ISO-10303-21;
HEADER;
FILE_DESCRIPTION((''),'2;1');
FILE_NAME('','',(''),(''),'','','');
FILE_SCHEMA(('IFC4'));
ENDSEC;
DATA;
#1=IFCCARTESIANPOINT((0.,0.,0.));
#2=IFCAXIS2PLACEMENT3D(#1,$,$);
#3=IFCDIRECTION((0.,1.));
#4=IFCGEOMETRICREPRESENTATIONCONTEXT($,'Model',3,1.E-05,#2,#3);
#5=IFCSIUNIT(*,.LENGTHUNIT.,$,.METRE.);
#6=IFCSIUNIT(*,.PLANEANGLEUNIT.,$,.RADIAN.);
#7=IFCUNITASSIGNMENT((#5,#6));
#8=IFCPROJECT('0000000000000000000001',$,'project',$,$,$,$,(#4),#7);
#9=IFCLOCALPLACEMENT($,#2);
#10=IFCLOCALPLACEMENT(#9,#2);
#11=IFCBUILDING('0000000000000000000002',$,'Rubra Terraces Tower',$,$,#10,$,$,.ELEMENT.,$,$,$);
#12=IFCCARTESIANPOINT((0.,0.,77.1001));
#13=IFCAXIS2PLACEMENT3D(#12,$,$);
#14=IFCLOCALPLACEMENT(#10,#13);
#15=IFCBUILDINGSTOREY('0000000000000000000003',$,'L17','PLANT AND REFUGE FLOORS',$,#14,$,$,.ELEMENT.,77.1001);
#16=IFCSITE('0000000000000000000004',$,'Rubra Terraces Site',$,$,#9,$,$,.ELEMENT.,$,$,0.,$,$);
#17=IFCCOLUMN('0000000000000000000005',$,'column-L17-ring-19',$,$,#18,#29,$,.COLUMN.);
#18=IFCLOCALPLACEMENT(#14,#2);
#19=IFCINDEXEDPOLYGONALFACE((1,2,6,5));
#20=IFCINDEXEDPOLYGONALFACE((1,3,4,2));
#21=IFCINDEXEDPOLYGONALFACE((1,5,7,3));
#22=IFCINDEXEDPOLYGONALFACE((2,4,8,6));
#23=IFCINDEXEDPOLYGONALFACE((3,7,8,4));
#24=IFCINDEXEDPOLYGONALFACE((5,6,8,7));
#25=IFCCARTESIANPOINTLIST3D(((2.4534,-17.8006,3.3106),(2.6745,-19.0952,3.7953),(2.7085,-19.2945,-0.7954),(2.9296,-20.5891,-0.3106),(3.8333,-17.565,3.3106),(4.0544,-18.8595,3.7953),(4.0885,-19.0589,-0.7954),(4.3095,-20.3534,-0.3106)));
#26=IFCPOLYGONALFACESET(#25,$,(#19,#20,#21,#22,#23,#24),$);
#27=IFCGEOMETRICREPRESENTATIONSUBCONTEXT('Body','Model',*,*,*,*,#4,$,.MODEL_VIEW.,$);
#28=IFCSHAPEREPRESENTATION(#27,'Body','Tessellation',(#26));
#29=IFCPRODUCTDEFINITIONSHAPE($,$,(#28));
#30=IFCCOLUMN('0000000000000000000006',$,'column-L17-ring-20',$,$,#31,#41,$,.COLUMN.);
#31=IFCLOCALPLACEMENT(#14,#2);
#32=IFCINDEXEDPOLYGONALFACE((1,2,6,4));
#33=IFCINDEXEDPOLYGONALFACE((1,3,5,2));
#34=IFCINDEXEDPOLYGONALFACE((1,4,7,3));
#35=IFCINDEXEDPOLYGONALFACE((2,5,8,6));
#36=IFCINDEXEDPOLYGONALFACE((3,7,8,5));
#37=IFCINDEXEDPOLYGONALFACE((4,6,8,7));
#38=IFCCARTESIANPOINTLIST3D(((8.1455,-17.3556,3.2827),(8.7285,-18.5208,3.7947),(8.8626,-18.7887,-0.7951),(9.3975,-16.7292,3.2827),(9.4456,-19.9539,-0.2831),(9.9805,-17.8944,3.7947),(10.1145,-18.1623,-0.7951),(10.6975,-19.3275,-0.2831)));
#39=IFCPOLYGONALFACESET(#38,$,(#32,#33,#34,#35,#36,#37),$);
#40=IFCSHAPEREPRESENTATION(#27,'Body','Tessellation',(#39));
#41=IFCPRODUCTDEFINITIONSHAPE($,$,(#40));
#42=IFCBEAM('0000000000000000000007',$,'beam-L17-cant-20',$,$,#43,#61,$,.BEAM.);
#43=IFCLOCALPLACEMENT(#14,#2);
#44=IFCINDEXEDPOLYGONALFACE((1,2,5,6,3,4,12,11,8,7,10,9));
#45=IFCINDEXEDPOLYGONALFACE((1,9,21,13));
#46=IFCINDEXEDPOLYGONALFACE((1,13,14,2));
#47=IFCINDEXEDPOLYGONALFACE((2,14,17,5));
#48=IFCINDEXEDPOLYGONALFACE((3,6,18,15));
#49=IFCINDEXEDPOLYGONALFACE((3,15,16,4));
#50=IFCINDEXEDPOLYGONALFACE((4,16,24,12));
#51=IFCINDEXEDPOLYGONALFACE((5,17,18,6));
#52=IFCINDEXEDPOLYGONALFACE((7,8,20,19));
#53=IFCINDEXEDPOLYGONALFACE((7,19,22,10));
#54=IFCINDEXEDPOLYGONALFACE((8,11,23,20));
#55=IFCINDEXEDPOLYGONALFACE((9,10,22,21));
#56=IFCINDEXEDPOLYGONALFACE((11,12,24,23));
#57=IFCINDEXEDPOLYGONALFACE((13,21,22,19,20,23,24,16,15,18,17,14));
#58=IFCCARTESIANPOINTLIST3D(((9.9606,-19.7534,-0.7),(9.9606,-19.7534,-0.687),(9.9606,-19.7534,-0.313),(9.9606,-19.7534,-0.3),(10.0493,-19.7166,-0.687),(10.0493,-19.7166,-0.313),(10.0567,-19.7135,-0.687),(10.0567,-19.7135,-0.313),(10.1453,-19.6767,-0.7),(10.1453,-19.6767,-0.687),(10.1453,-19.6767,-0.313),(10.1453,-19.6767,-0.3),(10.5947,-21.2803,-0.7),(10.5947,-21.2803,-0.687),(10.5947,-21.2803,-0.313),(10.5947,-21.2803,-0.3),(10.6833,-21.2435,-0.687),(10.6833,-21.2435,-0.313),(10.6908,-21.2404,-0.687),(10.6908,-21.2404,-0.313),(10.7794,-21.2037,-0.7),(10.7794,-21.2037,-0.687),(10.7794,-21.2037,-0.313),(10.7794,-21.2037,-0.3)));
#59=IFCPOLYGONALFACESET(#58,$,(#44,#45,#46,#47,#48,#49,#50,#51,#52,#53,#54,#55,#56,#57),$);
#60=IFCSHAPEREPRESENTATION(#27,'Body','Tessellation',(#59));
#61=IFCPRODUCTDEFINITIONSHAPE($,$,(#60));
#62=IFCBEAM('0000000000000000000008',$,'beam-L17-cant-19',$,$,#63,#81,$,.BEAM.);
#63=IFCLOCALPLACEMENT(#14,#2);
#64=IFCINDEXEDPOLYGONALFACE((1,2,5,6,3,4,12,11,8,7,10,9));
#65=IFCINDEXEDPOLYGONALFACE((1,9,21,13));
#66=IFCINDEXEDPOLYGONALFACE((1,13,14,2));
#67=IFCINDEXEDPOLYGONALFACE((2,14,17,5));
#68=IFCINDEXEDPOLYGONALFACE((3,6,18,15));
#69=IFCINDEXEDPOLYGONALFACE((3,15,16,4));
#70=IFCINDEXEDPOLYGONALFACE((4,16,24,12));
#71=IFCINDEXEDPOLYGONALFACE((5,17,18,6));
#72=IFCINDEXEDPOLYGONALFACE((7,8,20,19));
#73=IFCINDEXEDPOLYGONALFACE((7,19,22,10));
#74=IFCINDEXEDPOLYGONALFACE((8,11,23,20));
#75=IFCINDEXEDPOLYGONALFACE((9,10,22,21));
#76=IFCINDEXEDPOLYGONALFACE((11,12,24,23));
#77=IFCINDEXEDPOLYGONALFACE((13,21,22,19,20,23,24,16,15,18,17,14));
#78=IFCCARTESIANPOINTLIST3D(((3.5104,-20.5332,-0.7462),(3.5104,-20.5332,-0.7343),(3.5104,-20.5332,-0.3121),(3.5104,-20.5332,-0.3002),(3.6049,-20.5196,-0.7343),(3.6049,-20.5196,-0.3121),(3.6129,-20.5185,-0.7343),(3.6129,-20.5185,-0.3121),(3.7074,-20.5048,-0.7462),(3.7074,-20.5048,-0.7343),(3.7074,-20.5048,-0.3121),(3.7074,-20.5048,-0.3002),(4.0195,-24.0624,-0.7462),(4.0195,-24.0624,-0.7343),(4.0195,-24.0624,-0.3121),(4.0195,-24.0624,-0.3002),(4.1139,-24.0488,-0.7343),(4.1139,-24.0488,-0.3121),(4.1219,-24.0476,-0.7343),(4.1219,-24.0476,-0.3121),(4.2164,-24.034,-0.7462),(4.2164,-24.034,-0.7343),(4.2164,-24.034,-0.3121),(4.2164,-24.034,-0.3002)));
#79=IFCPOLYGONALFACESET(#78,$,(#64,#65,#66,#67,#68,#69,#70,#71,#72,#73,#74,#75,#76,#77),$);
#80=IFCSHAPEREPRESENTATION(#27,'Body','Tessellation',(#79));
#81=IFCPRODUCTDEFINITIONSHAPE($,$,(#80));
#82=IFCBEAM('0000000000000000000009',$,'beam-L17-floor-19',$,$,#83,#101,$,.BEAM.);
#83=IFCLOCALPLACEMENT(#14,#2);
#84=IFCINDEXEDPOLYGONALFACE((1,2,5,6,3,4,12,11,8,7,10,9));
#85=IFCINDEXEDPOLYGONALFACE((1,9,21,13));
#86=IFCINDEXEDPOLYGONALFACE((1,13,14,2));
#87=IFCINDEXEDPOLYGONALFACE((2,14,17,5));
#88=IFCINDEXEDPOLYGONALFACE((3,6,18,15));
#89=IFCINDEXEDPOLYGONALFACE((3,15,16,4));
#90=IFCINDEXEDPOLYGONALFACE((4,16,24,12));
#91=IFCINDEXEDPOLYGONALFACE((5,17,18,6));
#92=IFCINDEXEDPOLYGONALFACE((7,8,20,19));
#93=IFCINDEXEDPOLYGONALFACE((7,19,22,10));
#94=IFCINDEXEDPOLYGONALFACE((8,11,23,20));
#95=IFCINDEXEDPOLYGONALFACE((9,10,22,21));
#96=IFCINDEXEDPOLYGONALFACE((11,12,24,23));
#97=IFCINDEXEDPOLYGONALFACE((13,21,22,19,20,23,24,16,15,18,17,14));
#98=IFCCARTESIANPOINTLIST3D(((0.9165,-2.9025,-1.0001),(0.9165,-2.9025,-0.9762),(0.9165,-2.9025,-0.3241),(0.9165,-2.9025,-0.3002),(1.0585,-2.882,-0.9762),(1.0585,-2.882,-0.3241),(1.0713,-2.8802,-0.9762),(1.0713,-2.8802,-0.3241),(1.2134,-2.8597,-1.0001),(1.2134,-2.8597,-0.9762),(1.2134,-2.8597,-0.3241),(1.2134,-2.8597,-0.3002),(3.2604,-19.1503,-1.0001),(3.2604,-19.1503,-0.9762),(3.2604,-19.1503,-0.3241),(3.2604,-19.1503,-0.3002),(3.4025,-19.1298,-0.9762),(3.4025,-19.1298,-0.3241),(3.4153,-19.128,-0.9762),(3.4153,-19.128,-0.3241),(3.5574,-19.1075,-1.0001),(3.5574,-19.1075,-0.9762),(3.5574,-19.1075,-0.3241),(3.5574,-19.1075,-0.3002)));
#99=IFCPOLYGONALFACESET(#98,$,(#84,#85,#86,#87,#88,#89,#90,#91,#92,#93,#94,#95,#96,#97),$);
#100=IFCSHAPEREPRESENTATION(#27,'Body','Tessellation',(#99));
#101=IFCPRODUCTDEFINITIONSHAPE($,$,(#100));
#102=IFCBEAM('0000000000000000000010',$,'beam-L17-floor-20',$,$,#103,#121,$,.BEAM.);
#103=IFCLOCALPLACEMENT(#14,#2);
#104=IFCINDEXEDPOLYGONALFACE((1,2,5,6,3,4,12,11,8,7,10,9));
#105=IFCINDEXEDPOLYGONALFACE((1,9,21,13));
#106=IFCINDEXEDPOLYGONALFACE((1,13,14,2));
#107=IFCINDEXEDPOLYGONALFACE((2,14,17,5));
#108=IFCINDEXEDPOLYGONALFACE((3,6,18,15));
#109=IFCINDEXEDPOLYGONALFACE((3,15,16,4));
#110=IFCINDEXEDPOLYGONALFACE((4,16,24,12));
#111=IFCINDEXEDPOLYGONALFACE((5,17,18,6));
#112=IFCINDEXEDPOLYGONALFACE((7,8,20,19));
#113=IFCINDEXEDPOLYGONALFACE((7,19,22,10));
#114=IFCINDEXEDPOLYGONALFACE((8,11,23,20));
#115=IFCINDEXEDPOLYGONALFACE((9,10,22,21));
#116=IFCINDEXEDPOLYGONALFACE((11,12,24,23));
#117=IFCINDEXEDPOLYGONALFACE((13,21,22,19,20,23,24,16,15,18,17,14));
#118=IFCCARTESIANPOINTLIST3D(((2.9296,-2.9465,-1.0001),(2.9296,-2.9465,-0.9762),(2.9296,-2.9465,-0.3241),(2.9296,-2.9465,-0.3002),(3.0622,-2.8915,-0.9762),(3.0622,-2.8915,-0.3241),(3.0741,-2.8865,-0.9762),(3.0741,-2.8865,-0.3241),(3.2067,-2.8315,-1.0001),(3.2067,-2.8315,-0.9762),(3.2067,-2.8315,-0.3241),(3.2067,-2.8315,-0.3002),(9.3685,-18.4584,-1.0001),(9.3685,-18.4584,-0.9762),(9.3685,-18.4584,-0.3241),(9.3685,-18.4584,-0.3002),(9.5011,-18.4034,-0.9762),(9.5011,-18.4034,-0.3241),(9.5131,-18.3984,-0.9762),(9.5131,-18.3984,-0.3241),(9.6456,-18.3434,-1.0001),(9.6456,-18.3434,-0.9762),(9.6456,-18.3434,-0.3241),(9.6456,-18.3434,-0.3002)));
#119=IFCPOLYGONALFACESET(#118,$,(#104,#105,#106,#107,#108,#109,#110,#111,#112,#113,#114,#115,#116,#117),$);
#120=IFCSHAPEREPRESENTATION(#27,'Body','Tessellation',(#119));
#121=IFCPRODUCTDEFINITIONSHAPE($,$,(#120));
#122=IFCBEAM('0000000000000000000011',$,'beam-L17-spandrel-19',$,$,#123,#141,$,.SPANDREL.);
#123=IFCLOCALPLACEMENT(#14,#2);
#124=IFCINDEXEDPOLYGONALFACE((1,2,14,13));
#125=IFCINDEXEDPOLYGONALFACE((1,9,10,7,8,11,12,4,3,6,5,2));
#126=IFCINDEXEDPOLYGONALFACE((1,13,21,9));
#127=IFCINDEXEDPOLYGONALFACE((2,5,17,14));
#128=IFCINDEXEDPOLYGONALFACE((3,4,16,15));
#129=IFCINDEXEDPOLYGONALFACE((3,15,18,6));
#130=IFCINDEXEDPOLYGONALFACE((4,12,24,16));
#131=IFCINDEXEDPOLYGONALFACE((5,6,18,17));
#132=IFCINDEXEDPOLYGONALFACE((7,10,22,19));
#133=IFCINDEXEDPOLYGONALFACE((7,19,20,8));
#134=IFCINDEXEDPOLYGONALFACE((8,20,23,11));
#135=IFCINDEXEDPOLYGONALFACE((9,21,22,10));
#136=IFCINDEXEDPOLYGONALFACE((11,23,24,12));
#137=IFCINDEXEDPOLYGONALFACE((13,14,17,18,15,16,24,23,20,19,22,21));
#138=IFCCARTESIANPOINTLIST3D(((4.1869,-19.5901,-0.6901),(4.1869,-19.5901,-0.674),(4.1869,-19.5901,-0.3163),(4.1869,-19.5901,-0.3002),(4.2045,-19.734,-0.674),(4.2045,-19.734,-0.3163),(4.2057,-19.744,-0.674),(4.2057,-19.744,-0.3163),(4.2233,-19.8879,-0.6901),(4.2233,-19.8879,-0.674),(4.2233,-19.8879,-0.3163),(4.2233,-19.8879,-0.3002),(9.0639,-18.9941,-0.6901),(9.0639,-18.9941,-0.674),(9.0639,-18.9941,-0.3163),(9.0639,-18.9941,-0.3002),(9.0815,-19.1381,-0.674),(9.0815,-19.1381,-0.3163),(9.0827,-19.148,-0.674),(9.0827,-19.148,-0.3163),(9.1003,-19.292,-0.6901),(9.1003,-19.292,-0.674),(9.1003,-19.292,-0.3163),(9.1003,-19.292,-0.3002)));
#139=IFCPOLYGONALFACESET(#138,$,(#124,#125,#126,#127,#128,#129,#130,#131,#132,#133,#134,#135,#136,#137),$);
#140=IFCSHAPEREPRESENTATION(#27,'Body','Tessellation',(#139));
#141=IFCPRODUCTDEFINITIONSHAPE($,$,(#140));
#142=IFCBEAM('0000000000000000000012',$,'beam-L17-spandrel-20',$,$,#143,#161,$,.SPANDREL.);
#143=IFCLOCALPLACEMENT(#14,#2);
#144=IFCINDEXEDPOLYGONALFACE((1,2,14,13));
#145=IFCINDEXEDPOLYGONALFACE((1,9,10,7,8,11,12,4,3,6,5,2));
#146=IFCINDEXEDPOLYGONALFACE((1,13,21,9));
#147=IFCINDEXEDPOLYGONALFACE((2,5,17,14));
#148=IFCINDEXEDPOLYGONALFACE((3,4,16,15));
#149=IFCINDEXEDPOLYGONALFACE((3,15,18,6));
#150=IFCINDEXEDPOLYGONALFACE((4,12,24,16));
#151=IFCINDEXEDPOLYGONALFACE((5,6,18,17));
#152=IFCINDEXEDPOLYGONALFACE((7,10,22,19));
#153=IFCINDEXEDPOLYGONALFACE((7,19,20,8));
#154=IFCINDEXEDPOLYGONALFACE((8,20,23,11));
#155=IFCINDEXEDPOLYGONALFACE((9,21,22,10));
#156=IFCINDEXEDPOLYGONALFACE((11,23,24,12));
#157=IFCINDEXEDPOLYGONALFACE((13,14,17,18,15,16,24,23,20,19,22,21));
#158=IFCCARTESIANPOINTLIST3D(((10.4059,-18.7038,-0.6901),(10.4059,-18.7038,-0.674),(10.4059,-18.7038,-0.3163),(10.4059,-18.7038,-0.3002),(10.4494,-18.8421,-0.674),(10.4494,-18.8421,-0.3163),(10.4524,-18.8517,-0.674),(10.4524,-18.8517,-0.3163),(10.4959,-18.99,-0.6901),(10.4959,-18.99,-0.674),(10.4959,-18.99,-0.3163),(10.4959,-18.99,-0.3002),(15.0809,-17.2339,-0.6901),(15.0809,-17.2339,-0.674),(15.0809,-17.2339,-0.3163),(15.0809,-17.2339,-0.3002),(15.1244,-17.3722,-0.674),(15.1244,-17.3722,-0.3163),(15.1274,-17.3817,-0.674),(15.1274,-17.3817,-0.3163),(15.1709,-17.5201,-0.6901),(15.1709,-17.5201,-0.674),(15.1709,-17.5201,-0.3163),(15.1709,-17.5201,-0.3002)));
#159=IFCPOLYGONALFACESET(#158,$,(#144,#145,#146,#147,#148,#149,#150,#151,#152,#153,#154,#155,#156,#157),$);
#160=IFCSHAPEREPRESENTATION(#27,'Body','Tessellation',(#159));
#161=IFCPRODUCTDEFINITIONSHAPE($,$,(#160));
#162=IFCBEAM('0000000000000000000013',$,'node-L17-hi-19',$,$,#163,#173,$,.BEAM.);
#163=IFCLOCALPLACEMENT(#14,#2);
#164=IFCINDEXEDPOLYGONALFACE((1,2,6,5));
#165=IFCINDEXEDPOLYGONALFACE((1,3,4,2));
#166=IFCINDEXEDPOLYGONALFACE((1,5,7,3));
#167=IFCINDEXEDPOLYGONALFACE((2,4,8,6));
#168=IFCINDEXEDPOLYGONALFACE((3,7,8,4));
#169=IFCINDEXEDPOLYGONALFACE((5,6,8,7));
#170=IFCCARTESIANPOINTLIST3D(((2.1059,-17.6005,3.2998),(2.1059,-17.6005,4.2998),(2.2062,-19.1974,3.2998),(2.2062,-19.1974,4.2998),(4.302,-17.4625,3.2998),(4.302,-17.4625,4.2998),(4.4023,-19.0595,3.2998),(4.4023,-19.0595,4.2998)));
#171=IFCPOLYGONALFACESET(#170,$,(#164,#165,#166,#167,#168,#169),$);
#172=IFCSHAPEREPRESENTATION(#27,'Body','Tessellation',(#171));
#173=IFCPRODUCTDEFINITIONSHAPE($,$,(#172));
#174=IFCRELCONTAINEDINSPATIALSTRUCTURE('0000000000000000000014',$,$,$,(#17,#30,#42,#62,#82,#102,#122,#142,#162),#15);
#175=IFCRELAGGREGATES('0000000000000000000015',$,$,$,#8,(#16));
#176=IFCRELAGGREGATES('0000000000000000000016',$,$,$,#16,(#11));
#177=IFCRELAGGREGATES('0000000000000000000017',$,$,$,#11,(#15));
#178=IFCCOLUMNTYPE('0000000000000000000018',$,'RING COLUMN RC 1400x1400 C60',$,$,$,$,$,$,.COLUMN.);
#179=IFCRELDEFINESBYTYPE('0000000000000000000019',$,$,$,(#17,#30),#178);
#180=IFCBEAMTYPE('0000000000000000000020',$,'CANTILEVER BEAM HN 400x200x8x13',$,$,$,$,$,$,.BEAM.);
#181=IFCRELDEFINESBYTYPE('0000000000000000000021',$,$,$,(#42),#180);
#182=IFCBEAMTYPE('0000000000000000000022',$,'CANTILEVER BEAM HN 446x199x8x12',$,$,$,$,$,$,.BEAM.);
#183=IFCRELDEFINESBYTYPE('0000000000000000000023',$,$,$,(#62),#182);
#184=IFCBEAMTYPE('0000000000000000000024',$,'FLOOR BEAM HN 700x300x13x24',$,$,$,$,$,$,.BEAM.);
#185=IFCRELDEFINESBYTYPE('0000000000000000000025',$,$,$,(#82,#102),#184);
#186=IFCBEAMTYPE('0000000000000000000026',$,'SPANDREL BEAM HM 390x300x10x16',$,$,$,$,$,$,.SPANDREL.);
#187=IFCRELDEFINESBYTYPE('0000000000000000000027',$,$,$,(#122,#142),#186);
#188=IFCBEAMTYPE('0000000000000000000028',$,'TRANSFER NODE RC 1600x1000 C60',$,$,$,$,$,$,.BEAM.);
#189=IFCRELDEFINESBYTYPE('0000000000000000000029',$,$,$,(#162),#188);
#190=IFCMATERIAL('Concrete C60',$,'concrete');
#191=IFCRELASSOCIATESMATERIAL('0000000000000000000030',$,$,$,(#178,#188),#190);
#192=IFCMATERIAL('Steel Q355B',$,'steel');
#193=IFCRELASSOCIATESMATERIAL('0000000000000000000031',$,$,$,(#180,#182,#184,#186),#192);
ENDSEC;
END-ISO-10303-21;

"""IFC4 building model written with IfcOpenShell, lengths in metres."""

from ifc_helpers import new_model, si_unit, direction, frame, origin, origin_2d, place, context, subcontext, project, spatial, rectangle, i_section, extrude, material, material_profile, profile_set, type_object, element, save


model = new_model("IFC4")

# Units and contexts
model_context = context("Model", 3, precision=1e-05, world=origin(), true_north=direction((0.0, 1.0)))
body_context = subcontext(model_context, "Body", "Model", "MODEL_VIEW")
ifc_project = project(units=[si_unit("LENGTHUNIT", "METRE"), si_unit("PLANEANGLEUNIT", "RADIAN")], contexts=[model_context])

# Site, building, storey
site_placement = place(None, origin())
site = spatial("IfcSite", under=ifc_project, at=site_placement, Name="Rubra Terraces Site", CompositionType="ELEMENT", RefElevation=0.0)
building_placement = place(site_placement, origin())
building = spatial("IfcBuilding", under=site, at=building_placement, Name="Rubra Terraces Tower", CompositionType="ELEMENT")
storey_placement = place(building_placement, frame((0.0, 0.0, 77.1001)))
storey = spatial("IfcBuildingStorey", under=building, at=storey_placement, Name="L17", Description="PLANT AND REFUGE FLOORS", CompositionType="ELEMENT", Elevation=77.1001)

# Columns
ifc_material_1 = material(Name="Concrete C60", Category="concrete")
ifc_material_profile_1 = material_profile(ifc_material_1, rectangle(XDim=1.3999, YDim=1.3999, at=origin_2d()), Name="RC 1400x1400")
ifc_profile_set_1 = profile_set([ifc_material_profile_1], Name="Concrete C60")
column_type = type_object("IfcColumnType", Name="RING COLUMN RC 1400x1400 C60", PredefinedType="COLUMN", material=ifc_profile_set_1)
column_1_placement = place(storey_placement, frame((3.509, -19.824, -0.553), z_axis=(-0.058292, 0.341328, 0.938135), x_axis=(-0.985729, -0.168342, 0.0)))
element("IfcColumn", 1, at=column_1_placement, inside=storey, type_object=column_type, Name="column-L17-ring-19", PredefinedType="COLUMN", context=body_context, shape_type="SweptSolid", body=[
    extrude(rectangle(XDim=1.3999, YDim=1.3999, at=origin_2d()), origin(), (0.0, 0.0, 1.0), 4.3767),
])
column_2_placement = place(storey_placement, frame((9.78, -19.0581, -0.5391), z_axis=(-0.163654, 0.327085, 0.930716), x_axis=(-0.894305, -0.447457, 0.0)))
element("IfcColumn", 2, at=column_2_placement, inside=storey, type_object=column_type, Name="column-L17-ring-20", PredefinedType="COLUMN", context=body_context, shape_type="SweptSolid", body=[
    extrude(rectangle(XDim=1.3999, YDim=1.3999, at=origin_2d()), origin(), (0.0, 0.0, 1.0), 4.3813),
])

# Beams
ifc_material_2 = material(Name="Steel Q355B", Category="steel")
ifc_material_profile_2 = material_profile(ifc_material_2, i_section(OverallWidth=0.2, OverallDepth=0.3999, WebThickness=0.0081, FlangeThickness=0.0129, at=origin_2d()), Name="HN 400x200x8x13")
ifc_profile_set_2 = profile_set([ifc_material_profile_2], Name="Steel Q355B")
beam_type_1 = type_object("IfcBeamType", Name="CANTILEVER BEAM HN 400x200x8x13", PredefinedType="BEAM", material=ifc_profile_set_2)
beam_1_placement = place(storey_placement, frame((10.053, -19.7151, -0.5), z_axis=(0.383504, -0.923539, 0.0), x_axis=(0.923539, 0.383504, 0.0)))
element("IfcBeam", 3, at=beam_1_placement, inside=storey, type_object=beam_type_1, Name="beam-L17-cant-20", PredefinedType="BEAM", context=body_context, shape_type="SweptSolid", body=[
    extrude(i_section(OverallWidth=0.2, OverallDepth=0.3999, WebThickness=0.0081, FlangeThickness=0.0129, at=origin_2d()), origin(), (0.0, 0.0, 1.0), 1.6533),
])
ifc_material_profile_3 = material_profile(ifc_material_2, i_section(OverallWidth=0.199, OverallDepth=0.446, WebThickness=0.0081, FlangeThickness=0.012, at=origin_2d()), Name="HN 446x199x8x12")
ifc_profile_set_3 = profile_set([ifc_material_profile_3], Name="Steel Q355B")
beam_type_2 = type_object("IfcBeamType", Name="CANTILEVER BEAM HN 446x199x8x12", PredefinedType="BEAM", material=ifc_profile_set_3)
beam_2_placement = place(storey_placement, frame((3.6089, -20.519, -0.5232), z_axis=(0.142763, -0.989757, 0.0), x_axis=(0.989757, 0.142763, 0.0)))
element("IfcBeam", 4, at=beam_2_placement, inside=storey, type_object=beam_type_2, Name="beam-L17-cant-19", PredefinedType="BEAM", context=body_context, shape_type="SweptSolid", body=[
    extrude(i_section(OverallWidth=0.199, OverallDepth=0.446, WebThickness=0.0081, FlangeThickness=0.012, at=origin_2d()), origin(), (0.0, 0.0, 1.0), 3.5657),
])
ifc_material_profile_4 = material_profile(ifc_material_2, i_section(OverallWidth=0.3, OverallDepth=0.7, WebThickness=0.0129, FlangeThickness=0.0239, at=origin_2d()), Name="HN 700x300x13x24")
ifc_profile_set_4 = profile_set([ifc_material_profile_4], Name="Steel Q355B")
beam_type_3 = type_object("IfcBeamType", Name="FLOOR BEAM HN 700x300x13x24", PredefinedType="BEAM", material=ifc_profile_set_4)
beam_3_placement = place(storey_placement, frame((3.4089, -19.1289, -0.6501), z_axis=(-0.142787, 0.989753, 0.0), x_axis=(-0.989753, -0.142787, 0.0)))
element("IfcBeam", 5, at=beam_3_placement, inside=storey, type_object=beam_type_3, Name="beam-L17-floor-19", PredefinedType="BEAM", context=body_context, shape_type="SweptSolid", body=[
    extrude(i_section(OverallWidth=0.3, OverallDepth=0.7, WebThickness=0.0129, FlangeThickness=0.0239, at=origin_2d()), origin(), (0.0, 0.0, 1.0), 16.416),
])
beam_4_placement = place(storey_placement, frame((9.5071, -18.4009, -0.6501), z_axis=(-0.38338, 0.923591, 0.0), x_axis=(-0.923591, -0.38338, 0.0)))
element("IfcBeam", 6, at=beam_4_placement, inside=storey, type_object=beam_type_3, Name="beam-L17-floor-20", PredefinedType="BEAM", context=body_context, shape_type="SweptSolid", body=[
    extrude(i_section(OverallWidth=0.3, OverallDepth=0.7, WebThickness=0.0129, FlangeThickness=0.0239, at=origin_2d()), origin(), (0.0, 0.0, 1.0), 16.7952),
])
ifc_material_profile_5 = material_profile(ifc_material_2, i_section(OverallWidth=0.3, OverallDepth=0.3899, WebThickness=0.01, FlangeThickness=0.0161, at=origin_2d()), Name="HM 390x300x10x16")
ifc_profile_set_5 = profile_set([ifc_material_profile_5], Name="Steel Q355B")
beam_type_4 = type_object("IfcBeamType", Name="SPANDREL BEAM HM 390x300x10x16", PredefinedType="SPANDREL", material=ifc_profile_set_5)
beam_5_placement = place(storey_placement, frame((4.2051, -19.739, -0.4951), z_axis=(0.992617, 0.121294, 0.0), x_axis=(-0.121294, 0.992617, 0.0)))
element("IfcBeam", 7, at=beam_5_placement, inside=storey, type_object=beam_type_4, Name="beam-L17-spandrel-19", PredefinedType="SPANDREL", context=body_context, shape_type="SweptSolid", body=[
    extrude(i_section(OverallWidth=0.3, OverallDepth=0.3899, WebThickness=0.01, FlangeThickness=0.0161, at=origin_2d()), origin(), (0.0, 0.0, 1.0), 4.9133),
])
beam_6_placement = place(storey_placement, frame((10.4509, -18.8469, -0.4951), z_axis=(0.953955, 0.299951, 0.0), x_axis=(-0.299951, 0.953955, 0.0)))
element("IfcBeam", 8, at=beam_6_placement, inside=storey, type_object=beam_type_4, Name="beam-L17-spandrel-20", PredefinedType="SPANDREL", context=body_context, shape_type="SweptSolid", body=[
    extrude(i_section(OverallWidth=0.3, OverallDepth=0.3899, WebThickness=0.01, FlangeThickness=0.0161, at=origin_2d()), origin(), (0.0, 0.0, 1.0), 4.9006),
])
ifc_material_profile_6 = material_profile(ifc_material_1, rectangle(XDim=1.6001, YDim=1.0, at=origin_2d()), Name="RC 1600x1000")
ifc_profile_set_6 = profile_set([ifc_material_profile_6], Name="Concrete C60")
beam_type_5 = type_object("IfcBeamType", Name="TRANSFER NODE RC 1600x1000 C60", PredefinedType="BEAM", material=ifc_profile_set_6)
beam_7_placement = place(storey_placement, frame((2.156, -18.3989, 3.7998), z_axis=(0.998033, 0.062689, 0.0), x_axis=(-0.062689, 0.998033, 0.0)))
element("IfcBeam", 9, at=beam_7_placement, inside=storey, type_object=beam_type_5, Name="node-L17-hi-19", PredefinedType="BEAM", context=body_context, shape_type="SweptSolid", body=[
    extrude(rectangle(XDim=1.6001, YDim=1.0, at=origin_2d()), origin(), (0.0, 0.0, 1.0), 2.2004),
])

save(model, "model.ifc")
